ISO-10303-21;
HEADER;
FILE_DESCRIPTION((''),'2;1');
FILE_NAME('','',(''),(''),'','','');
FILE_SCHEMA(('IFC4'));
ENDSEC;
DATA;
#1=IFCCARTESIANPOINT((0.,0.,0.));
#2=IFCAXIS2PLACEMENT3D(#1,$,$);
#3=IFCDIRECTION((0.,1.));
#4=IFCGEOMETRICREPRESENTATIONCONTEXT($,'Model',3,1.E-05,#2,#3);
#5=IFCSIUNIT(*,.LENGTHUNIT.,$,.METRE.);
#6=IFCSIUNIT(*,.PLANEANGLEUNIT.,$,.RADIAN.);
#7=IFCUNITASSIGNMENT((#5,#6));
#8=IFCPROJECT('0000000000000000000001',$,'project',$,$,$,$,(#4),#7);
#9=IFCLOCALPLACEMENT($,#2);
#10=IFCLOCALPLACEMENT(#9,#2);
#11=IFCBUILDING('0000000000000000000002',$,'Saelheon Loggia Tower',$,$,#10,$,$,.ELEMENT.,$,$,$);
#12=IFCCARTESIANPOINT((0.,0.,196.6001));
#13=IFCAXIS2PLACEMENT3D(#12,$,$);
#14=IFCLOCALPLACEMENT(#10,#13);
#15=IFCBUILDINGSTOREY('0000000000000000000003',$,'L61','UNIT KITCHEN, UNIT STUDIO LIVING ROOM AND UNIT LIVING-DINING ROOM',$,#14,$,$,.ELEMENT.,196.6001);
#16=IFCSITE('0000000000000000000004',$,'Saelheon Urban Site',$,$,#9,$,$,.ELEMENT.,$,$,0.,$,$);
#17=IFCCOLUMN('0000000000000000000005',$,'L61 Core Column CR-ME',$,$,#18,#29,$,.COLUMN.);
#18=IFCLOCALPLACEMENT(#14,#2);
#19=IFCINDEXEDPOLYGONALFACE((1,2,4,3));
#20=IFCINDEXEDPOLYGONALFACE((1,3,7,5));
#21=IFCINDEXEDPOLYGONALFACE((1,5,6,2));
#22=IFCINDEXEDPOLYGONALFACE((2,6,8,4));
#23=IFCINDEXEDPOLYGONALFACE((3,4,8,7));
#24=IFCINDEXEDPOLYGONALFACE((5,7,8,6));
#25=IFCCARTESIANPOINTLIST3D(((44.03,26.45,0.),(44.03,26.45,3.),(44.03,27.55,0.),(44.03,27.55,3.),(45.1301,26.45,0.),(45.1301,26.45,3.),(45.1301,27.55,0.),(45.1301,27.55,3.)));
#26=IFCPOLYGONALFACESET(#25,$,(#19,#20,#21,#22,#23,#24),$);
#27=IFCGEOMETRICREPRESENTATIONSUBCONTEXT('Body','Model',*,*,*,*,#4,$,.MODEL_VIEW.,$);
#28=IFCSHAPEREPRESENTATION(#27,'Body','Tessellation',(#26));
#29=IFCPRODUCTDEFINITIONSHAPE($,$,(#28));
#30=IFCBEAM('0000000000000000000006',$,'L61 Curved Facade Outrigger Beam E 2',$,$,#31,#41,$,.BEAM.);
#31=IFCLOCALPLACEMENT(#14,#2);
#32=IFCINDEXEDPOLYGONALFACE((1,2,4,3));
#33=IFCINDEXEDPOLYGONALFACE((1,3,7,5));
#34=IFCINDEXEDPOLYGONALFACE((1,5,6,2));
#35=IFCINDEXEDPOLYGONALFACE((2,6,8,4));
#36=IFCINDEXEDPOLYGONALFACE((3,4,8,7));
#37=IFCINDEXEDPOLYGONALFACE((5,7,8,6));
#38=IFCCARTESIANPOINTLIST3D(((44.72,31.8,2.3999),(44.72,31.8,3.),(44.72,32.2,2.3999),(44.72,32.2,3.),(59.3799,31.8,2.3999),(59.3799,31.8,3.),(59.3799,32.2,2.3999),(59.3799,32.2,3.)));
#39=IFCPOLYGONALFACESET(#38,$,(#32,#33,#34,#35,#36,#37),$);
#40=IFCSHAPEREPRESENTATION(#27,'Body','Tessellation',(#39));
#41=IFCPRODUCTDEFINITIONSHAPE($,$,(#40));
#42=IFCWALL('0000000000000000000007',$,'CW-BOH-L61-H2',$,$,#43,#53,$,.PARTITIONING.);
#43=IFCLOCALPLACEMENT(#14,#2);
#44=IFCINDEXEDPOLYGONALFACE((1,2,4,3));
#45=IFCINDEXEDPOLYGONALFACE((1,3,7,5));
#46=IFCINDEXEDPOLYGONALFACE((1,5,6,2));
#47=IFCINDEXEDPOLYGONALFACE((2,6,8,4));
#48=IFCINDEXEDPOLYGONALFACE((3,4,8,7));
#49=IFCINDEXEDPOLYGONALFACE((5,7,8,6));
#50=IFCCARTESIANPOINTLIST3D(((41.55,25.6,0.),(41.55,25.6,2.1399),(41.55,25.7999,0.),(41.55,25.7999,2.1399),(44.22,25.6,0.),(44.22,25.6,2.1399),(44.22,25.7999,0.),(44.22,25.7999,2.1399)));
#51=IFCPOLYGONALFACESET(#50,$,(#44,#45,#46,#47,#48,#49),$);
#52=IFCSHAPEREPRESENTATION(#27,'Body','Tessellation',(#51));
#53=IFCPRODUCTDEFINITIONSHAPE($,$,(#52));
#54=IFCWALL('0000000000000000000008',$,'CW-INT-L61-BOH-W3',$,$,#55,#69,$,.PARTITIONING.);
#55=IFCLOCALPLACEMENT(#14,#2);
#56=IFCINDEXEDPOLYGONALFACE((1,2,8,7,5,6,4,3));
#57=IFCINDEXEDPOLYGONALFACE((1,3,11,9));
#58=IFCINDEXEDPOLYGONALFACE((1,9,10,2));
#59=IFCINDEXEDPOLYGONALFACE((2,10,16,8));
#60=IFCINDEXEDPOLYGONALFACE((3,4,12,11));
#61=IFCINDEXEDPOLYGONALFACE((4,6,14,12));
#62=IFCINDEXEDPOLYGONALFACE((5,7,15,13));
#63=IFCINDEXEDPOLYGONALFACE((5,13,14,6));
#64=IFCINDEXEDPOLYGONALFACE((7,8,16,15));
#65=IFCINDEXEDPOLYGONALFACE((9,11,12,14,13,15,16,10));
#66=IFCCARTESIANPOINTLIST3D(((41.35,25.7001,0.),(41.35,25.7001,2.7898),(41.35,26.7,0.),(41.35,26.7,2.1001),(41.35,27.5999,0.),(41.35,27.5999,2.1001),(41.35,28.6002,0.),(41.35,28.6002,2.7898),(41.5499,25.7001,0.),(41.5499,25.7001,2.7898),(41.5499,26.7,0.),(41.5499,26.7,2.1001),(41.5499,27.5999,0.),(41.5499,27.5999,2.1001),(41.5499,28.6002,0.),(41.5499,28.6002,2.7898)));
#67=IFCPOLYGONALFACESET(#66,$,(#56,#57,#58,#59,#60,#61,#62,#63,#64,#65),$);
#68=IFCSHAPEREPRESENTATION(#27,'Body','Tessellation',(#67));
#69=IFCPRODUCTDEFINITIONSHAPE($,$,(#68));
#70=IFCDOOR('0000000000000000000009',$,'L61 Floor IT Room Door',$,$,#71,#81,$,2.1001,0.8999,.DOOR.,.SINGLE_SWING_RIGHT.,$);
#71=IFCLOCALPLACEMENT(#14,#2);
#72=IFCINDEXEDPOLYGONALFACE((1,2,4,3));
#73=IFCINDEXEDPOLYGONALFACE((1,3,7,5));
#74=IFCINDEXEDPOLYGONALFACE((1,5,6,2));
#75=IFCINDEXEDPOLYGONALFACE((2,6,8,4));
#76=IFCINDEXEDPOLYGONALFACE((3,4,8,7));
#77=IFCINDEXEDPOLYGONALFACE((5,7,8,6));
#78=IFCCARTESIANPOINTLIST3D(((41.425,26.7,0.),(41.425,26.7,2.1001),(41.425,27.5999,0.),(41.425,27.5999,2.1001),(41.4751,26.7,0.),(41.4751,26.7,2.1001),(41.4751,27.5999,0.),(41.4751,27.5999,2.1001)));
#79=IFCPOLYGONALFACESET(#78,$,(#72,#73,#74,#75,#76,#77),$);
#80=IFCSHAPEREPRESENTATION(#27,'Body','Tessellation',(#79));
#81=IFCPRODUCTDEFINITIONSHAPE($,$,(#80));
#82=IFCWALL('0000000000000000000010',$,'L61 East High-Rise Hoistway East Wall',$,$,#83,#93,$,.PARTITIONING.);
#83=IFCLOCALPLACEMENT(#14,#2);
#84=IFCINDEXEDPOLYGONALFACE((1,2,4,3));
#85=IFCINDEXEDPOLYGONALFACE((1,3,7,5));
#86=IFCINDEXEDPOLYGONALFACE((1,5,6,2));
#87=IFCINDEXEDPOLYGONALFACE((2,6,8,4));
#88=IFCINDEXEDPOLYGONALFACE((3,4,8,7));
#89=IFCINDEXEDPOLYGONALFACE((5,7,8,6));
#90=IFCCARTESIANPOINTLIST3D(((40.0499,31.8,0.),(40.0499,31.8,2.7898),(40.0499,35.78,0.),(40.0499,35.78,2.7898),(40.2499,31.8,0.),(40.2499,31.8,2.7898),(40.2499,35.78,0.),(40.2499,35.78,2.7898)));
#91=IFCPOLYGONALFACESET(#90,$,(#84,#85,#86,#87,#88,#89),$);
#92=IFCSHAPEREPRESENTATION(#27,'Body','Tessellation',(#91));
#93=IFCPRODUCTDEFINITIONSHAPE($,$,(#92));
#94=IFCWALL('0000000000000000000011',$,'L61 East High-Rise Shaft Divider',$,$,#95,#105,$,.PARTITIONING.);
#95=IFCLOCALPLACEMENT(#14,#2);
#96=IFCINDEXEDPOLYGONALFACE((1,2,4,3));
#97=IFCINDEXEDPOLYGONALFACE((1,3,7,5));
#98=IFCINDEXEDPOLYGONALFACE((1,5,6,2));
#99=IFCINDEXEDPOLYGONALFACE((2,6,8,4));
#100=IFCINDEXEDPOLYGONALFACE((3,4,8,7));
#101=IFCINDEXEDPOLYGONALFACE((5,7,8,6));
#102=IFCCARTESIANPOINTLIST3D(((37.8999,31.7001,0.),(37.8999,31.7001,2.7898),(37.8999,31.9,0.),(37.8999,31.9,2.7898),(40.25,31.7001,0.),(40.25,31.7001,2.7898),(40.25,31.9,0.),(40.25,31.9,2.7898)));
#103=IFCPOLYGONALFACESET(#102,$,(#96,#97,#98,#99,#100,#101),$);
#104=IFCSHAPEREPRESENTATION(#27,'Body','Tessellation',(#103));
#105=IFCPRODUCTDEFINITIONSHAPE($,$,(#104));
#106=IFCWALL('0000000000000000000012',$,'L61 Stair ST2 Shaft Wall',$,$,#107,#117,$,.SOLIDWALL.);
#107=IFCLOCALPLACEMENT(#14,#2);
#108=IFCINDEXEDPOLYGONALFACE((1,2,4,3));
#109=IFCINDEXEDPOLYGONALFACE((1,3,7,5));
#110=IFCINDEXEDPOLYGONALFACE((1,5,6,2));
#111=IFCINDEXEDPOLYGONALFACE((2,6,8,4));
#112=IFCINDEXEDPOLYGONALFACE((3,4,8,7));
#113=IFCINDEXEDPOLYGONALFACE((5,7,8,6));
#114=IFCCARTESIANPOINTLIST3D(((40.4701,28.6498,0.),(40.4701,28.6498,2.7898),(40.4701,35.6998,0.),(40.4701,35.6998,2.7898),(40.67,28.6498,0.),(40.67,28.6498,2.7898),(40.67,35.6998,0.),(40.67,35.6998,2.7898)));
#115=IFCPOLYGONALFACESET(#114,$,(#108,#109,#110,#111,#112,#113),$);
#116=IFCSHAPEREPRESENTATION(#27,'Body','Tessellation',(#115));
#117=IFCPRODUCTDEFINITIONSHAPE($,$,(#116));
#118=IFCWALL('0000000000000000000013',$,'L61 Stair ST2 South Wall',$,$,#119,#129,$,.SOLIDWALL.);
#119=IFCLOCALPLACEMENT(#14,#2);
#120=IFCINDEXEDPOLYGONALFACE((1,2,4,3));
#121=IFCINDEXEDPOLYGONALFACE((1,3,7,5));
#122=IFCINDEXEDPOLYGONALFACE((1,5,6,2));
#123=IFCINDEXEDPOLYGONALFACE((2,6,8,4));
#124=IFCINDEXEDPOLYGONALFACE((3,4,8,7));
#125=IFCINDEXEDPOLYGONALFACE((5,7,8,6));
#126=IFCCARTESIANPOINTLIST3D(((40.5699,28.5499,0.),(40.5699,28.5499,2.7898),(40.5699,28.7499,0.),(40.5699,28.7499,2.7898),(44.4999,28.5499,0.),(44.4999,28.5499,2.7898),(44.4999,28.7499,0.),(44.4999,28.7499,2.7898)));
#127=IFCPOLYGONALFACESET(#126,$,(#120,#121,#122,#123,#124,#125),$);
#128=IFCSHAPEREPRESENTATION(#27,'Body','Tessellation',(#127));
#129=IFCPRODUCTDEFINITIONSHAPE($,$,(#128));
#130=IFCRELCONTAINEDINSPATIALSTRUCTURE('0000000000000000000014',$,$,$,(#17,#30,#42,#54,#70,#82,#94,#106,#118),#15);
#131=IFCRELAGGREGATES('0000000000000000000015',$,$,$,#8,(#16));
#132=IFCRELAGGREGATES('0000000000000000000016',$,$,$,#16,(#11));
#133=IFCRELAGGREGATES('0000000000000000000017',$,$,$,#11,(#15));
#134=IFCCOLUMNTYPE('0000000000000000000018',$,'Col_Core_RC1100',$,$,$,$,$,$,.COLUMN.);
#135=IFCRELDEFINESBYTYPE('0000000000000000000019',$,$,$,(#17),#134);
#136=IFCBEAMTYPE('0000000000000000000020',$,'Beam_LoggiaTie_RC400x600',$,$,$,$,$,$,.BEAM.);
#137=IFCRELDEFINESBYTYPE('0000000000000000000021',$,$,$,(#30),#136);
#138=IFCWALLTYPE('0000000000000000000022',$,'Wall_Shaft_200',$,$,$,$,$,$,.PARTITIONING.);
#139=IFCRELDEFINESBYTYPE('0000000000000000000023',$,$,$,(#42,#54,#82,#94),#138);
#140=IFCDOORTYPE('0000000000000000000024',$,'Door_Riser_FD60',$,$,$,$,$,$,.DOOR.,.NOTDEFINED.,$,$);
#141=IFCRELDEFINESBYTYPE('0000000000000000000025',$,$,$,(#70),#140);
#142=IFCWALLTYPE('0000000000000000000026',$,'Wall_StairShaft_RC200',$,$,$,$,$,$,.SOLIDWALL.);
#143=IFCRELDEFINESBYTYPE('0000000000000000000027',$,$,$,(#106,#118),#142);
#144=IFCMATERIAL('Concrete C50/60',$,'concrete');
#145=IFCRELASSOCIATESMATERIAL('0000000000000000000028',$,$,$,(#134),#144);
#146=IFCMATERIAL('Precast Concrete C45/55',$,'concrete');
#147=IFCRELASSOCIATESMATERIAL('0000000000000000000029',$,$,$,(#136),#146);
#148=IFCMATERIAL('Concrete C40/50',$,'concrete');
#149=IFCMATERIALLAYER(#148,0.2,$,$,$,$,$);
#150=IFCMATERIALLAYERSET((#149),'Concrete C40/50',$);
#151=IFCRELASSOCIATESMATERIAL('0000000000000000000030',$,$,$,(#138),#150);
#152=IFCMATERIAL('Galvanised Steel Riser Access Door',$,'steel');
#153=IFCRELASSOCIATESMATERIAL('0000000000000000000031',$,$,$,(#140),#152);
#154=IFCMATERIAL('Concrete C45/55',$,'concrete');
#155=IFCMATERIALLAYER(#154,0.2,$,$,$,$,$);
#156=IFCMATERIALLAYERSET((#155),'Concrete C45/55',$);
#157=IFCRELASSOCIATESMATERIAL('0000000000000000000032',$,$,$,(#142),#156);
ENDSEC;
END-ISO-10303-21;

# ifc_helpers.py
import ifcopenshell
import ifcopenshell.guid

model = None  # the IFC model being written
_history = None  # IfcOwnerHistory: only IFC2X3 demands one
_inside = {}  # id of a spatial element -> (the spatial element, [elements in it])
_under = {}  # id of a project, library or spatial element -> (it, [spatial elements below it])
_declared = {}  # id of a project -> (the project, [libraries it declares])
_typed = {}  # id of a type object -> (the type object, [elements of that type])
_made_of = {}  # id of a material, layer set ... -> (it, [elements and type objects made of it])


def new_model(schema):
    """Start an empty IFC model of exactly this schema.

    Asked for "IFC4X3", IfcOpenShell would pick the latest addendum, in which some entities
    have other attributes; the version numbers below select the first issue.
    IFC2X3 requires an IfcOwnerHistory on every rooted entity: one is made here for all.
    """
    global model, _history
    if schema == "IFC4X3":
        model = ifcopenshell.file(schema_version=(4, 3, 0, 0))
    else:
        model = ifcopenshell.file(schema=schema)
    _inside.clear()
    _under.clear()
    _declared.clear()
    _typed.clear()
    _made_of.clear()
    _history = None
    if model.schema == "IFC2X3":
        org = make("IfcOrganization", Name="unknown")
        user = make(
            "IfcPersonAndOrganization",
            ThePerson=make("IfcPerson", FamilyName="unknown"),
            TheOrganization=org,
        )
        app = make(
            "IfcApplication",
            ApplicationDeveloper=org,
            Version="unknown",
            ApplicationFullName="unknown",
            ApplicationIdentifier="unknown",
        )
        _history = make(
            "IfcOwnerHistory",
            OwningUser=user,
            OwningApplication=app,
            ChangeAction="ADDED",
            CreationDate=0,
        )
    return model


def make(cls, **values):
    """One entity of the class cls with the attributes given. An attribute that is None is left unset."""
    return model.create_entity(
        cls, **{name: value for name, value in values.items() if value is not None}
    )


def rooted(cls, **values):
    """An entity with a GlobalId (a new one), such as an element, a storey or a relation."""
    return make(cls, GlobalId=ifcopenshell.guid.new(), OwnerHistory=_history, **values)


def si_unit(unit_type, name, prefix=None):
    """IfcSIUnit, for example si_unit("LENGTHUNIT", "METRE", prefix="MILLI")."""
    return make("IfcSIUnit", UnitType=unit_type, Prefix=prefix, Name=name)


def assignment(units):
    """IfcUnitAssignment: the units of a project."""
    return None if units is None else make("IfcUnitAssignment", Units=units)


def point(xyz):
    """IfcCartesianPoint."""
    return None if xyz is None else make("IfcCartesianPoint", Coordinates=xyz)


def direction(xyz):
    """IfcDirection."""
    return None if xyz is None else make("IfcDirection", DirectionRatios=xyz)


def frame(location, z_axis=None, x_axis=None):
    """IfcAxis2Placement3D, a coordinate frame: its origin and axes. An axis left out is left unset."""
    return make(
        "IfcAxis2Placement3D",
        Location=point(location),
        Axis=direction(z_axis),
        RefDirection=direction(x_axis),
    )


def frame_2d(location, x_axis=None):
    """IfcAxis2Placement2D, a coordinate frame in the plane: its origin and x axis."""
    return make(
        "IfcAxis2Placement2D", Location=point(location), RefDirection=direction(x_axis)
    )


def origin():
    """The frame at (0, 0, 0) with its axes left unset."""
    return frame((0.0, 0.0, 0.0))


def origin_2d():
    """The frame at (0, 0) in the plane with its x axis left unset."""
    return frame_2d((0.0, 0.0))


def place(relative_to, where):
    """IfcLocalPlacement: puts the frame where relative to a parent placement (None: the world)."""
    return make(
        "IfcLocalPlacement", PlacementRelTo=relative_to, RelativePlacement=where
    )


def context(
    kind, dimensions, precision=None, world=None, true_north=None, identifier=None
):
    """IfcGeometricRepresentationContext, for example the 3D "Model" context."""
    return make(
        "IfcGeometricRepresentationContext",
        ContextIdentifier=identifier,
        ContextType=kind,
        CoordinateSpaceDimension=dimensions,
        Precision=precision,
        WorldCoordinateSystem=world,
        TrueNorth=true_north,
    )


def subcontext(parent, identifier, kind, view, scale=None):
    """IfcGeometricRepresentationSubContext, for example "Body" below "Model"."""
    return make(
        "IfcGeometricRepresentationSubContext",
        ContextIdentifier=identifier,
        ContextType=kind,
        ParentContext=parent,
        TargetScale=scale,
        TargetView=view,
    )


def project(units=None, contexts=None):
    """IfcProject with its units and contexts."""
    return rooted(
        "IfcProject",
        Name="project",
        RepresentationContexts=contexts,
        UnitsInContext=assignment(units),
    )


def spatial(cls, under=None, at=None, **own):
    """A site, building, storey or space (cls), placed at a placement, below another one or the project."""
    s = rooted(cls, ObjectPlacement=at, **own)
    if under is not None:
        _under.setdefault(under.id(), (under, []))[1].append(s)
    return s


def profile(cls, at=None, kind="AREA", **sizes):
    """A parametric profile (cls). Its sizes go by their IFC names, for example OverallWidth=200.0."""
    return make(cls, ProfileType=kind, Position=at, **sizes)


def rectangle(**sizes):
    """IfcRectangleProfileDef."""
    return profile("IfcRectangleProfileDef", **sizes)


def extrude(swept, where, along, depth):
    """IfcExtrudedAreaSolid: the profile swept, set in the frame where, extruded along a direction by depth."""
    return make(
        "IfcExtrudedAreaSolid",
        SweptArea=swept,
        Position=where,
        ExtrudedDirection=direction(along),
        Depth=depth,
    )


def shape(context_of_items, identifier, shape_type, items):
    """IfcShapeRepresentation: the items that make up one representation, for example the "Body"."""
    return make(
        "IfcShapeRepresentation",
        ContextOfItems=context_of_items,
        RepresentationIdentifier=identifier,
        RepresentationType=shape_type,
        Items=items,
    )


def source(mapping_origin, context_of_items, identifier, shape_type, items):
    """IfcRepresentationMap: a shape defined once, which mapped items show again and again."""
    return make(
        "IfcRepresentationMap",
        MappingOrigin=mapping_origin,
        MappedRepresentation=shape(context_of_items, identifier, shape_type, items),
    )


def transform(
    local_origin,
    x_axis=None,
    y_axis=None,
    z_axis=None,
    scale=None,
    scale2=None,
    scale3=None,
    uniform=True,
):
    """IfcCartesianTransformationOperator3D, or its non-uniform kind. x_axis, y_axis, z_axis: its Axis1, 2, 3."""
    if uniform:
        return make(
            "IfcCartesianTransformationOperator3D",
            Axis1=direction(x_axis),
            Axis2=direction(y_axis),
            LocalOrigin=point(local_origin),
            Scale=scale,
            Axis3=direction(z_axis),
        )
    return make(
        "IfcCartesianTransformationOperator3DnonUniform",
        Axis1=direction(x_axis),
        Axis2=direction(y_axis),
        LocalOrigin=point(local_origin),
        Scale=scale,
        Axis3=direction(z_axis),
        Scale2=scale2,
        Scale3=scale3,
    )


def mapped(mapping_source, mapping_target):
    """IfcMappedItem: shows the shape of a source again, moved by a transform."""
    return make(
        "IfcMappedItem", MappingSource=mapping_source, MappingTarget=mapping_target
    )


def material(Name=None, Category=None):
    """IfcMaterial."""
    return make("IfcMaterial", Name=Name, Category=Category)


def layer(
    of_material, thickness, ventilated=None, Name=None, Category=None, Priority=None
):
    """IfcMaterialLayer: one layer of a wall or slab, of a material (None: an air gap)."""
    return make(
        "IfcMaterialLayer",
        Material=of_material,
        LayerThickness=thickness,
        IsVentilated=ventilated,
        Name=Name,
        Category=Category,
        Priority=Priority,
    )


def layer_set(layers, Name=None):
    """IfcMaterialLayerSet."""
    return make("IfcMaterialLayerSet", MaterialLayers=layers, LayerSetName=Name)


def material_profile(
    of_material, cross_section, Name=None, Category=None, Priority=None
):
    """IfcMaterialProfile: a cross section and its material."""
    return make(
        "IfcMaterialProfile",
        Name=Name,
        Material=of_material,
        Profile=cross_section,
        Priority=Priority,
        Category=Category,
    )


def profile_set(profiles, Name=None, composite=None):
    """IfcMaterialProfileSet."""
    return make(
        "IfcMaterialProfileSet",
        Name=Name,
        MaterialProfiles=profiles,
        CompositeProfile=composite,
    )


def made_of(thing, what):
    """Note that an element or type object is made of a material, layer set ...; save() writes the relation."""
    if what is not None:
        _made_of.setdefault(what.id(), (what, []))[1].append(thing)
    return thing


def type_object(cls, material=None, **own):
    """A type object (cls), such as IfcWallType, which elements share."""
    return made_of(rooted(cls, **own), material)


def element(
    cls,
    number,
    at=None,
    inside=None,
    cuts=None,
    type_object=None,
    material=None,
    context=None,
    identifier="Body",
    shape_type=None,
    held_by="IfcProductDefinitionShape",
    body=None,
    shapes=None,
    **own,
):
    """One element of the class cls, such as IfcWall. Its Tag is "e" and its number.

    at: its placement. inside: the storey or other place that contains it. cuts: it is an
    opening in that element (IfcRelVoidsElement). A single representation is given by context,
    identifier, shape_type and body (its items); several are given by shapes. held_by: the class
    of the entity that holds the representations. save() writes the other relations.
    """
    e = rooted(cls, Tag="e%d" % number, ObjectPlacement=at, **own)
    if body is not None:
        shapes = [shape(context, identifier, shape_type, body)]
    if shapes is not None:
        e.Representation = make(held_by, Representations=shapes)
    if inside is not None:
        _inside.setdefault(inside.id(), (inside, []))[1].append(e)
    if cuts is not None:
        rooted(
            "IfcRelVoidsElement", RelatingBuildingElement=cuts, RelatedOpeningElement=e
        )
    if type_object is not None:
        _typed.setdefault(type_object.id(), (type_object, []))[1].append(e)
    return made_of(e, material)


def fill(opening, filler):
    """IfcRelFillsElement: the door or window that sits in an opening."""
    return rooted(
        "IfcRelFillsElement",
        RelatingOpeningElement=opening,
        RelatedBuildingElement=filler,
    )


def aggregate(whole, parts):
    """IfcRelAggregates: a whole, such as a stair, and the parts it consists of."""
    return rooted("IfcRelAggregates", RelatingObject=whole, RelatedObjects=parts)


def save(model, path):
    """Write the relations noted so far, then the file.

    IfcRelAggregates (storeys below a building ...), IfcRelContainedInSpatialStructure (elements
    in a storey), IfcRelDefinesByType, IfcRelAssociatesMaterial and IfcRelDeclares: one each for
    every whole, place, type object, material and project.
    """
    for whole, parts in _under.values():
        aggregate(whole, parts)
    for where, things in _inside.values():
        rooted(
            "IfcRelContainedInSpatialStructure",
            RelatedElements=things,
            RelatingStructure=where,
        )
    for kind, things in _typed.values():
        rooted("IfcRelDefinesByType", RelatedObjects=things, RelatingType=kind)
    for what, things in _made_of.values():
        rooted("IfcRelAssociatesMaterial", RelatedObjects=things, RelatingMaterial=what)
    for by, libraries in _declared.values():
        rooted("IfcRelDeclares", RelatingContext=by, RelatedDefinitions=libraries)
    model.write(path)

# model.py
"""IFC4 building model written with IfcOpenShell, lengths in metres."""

from ifc_helpers import new_model, si_unit, direction, frame, frame_2d, origin, origin_2d, place, context, subcontext, project, spatial, rectangle, extrude, source, transform, mapped, material, layer, layer_set, material_profile, profile_set, type_object, element, fill, save


model = new_model("IFC4")

# Units and contexts
model_context = context("Model", 3, precision=1e-05, world=origin(), true_north=direction((0.0, 1.0)))
body_context = subcontext(model_context, "Body", "Model", "MODEL_VIEW")
ifc_project = project(units=[si_unit("LENGTHUNIT", "METRE"), si_unit("PLANEANGLEUNIT", "RADIAN")], contexts=[model_context])

# Site, building, storey
site_placement = place(None, origin())
site = spatial("IfcSite", under=ifc_project, at=site_placement, Name="Saelheon Urban Site", CompositionType="ELEMENT", RefElevation=0.0)
building_placement = place(site_placement, origin())
building = spatial("IfcBuilding", under=site, at=building_placement, Name="Saelheon Loggia Tower", CompositionType="ELEMENT")
storey_placement = place(building_placement, frame((0.0, 0.0, 196.6001)))
storey = spatial("IfcBuildingStorey", under=building, at=storey_placement, Name="L61", Description="UNIT KITCHEN, UNIT STUDIO LIVING ROOM AND UNIT LIVING-DINING ROOM", CompositionType="ELEMENT", Elevation=196.6001)

# Column
ifc_material_1 = material(Name="Concrete C50/60", Category="concrete")
ifc_material_profile_1 = material_profile(ifc_material_1, rectangle(XDim=1.1001, YDim=1.1001, at=origin_2d()), Name="RC-1100x1100")
ifc_profile_set_1 = profile_set([ifc_material_profile_1], Name="Concrete C50/60")
column_type = type_object("IfcColumnType", Name="Col_Core_RC1100", PredefinedType="COLUMN", material=ifc_profile_set_1)
shared_shape_1 = source(origin(), body_context, "Body", "SweptSolid", [
    extrude(rectangle(XDim=1.1001, YDim=1.1001, at=origin_2d()), origin(), (0.0, 0.0, 1.0), 3.0),
])
column_placement = place(storey_placement, frame((44.5801, 27.0, 0.0), z_axis=(0.0, 0.0, 1.0), x_axis=(1.0, 0.0, 0.0)))
element("IfcColumn", 1, at=column_placement, inside=storey, type_object=column_type, Name="L61 Core Column CR-ME", PredefinedType="COLUMN", context=body_context, shape_type="MappedRepresentation", body=[
    mapped(shared_shape_1, transform((0.0, 0.0, 0.0), scale=1.0)),
])

# Beam
ifc_material_2 = material(Name="Precast Concrete C45/55", Category="concrete")
ifc_material_profile_2 = material_profile(ifc_material_2, rectangle(XDim=0.3999, YDim=0.6001, at=origin_2d()), Name="RC-400x600")
ifc_profile_set_2 = profile_set([ifc_material_profile_2], Name="Precast Concrete C45/55")
beam_type = type_object("IfcBeamType", Name="Beam_LoggiaTie_RC400x600", PredefinedType="BEAM", material=ifc_profile_set_2)
shared_shape_2 = source(origin(), body_context, "Body", "SweptSolid", [
    extrude(rectangle(XDim=0.3999, YDim=0.6001, at=origin_2d()), origin(), (0.0, 0.0, 1.0), 14.6599),
])
beam_placement = place(storey_placement, frame((44.72, 32.0, 2.7), z_axis=(1.0, 0.0, 0.0), x_axis=(0.0, 1.0, 0.0)))
element("IfcBeam", 2, at=beam_placement, inside=storey, type_object=beam_type, Name="L61 Curved Facade Outrigger Beam E 2", PredefinedType="BEAM", context=body_context, shape_type="MappedRepresentation", body=[
    mapped(shared_shape_2, transform((0.0, 0.0, 0.0), scale=1.0)),
])

# Wall
ifc_material_3 = material(Name="Concrete C40/50", Category="concrete")
ifc_layer_1 = layer(ifc_material_3, 0.2)
ifc_layer_set_1 = layer_set([ifc_layer_1], Name="Concrete C40/50")
wall_type_1 = type_object("IfcWallType", Name="Wall_Shaft_200", PredefinedType="PARTITIONING", material=ifc_layer_set_1)
wall_1_placement = place(storey_placement, frame((41.55, 25.7, 0.0), z_axis=(0.0, 0.0, 1.0), x_axis=(1.0, 0.0, 0.0)))
element("IfcWall", 3, at=wall_1_placement, inside=storey, type_object=wall_type_1, Name="CW-BOH-L61-H2", PredefinedType="PARTITIONING", context=body_context, shape_type="SweptSolid", body=[
    extrude(rectangle(XDim=2.6699, YDim=0.2, at=frame_2d((1.335, 0.0))), origin(), (0.0, 0.0, 1.0), 2.1399),
])

# Wall, opening, door
wall_2_placement = place(storey_placement, frame((41.45, 25.7, 0.0), z_axis=(0.0, 0.0, 1.0), x_axis=(0.0, 1.0, 0.0)))
wall_2 = element("IfcWall", 4, at=wall_2_placement, inside=storey, type_object=wall_type_1, Name="CW-INT-L61-BOH-W3", PredefinedType="PARTITIONING", context=body_context, shape_type="SweptSolid", body=[
    extrude(rectangle(XDim=2.9001, YDim=0.2, at=frame_2d((1.4502, 0.0))), origin(), (0.0, 0.0, 1.0), 2.7898),
])
opening_placement = place(wall_2_placement, frame((1.0, 0.0, 0.0)))
opening = element("IfcOpeningElement", 5, at=opening_placement, cuts=wall_2, PredefinedType="OPENING", context=body_context, shape_type="SweptSolid", body=[
    extrude(rectangle(XDim=0.8999, YDim=2.1001, at=frame_2d((0.45, 1.05))), frame((0.0, 0.1121, 0.0), z_axis=(0.0, -1.0, 0.0), x_axis=(1.0, 0.0, 0.0)), (0.0, 0.0, 1.0), 0.2239),
])
ifc_material_4 = material(Name="Galvanised Steel Riser Access Door", Category="steel")
door_type = type_object("IfcDoorType", Name="Door_Riser_FD60", OperationType="NOTDEFINED", PredefinedType="DOOR", material=ifc_material_4)
shared_shape_3 = source(origin(), body_context, "Body", "SweptSolid", [
    extrude(rectangle(XDim=0.8999, YDim=2.1001, at=frame_2d((0.45, 1.05))), frame((0.0, 0.0249, 0.0), z_axis=(0.0, -1.0, 0.0), x_axis=(1.0, 0.0, 0.0)), (0.0, 0.0, 1.0), 0.05),
])
door_placement = place(opening_placement, origin())
door = element("IfcDoor", 6, at=door_placement, inside=storey, type_object=door_type, Name="L61 Floor IT Room Door", OperationType="SINGLE_SWING_RIGHT", OverallHeight=2.1001, OverallWidth=0.8999, PredefinedType="DOOR", context=body_context, shape_type="MappedRepresentation", body=[
    mapped(shared_shape_3, transform((0.0, 0.0, 0.0), scale=1.0)),
])
fill(opening, door)

# Walls
wall_3_placement = place(storey_placement, frame((40.1499, 31.8, 0.0), z_axis=(0.0, 0.0, 1.0), x_axis=(0.0, 1.0, 0.0)))
element("IfcWall", 7, at=wall_3_placement, inside=storey, type_object=wall_type_1, Name="L61 East High-Rise Hoistway East Wall", PredefinedType="PARTITIONING", context=body_context, shape_type="SweptSolid", body=[
    extrude(rectangle(XDim=3.98, YDim=0.2, at=frame_2d((1.99, 0.0))), origin(), (0.0, 0.0, 1.0), 2.7898),
])
wall_4_placement = place(storey_placement, frame((37.8999, 31.8, 0.0), z_axis=(0.0, 0.0, 1.0), x_axis=(1.0, 0.0, 0.0)))
element("IfcWall", 8, at=wall_4_placement, inside=storey, type_object=wall_type_1, Name="L61 East High-Rise Shaft Divider", PredefinedType="PARTITIONING", context=body_context, shape_type="SweptSolid", body=[
    extrude(rectangle(XDim=2.3501, YDim=0.2, at=frame_2d((1.175, 0.0))), origin(), (0.0, 0.0, 1.0), 2.7898),
])
ifc_material_5 = material(Name="Concrete C45/55", Category="concrete")
ifc_layer_2 = layer(ifc_material_5, 0.2)
ifc_layer_set_2 = layer_set([ifc_layer_2], Name="Concrete C45/55")
wall_type_2 = type_object("IfcWallType", Name="Wall_StairShaft_RC200", PredefinedType="SOLIDWALL", material=ifc_layer_set_2)
wall_5_placement = place(storey_placement, frame((40.5701, 28.6499, 0.0), z_axis=(0.0, 0.0, 1.0), x_axis=(0.0, 1.0, 0.0)))
element("IfcWall", 9, at=wall_5_placement, inside=storey, type_object=wall_type_2, Name="L61 Stair ST2 Shaft Wall", PredefinedType="SOLIDWALL", context=body_context, shape_type="SweptSolid", body=[
    extrude(rectangle(XDim=7.05, YDim=0.2, at=frame_2d((3.5249, 0.0))), origin(), (0.0, 0.0, 1.0), 2.7898),
])
wall_6_placement = place(storey_placement, frame((40.5701, 28.6499, 0.0), z_axis=(0.0, 0.0, 1.0), x_axis=(1.0, 0.0, 0.0)))
element("IfcWall", 10, at=wall_6_placement, inside=storey, type_object=wall_type_2, Name="L61 Stair ST2 South Wall", PredefinedType="SOLIDWALL", context=body_context, shape_type="SweptSolid", body=[
    extrude(rectangle(XDim=3.9299, YDim=0.2, at=frame_2d((1.9648, 0.0))), origin(), (0.0, 0.0, 1.0), 2.7898),
])

save(model, "model.ifc")
